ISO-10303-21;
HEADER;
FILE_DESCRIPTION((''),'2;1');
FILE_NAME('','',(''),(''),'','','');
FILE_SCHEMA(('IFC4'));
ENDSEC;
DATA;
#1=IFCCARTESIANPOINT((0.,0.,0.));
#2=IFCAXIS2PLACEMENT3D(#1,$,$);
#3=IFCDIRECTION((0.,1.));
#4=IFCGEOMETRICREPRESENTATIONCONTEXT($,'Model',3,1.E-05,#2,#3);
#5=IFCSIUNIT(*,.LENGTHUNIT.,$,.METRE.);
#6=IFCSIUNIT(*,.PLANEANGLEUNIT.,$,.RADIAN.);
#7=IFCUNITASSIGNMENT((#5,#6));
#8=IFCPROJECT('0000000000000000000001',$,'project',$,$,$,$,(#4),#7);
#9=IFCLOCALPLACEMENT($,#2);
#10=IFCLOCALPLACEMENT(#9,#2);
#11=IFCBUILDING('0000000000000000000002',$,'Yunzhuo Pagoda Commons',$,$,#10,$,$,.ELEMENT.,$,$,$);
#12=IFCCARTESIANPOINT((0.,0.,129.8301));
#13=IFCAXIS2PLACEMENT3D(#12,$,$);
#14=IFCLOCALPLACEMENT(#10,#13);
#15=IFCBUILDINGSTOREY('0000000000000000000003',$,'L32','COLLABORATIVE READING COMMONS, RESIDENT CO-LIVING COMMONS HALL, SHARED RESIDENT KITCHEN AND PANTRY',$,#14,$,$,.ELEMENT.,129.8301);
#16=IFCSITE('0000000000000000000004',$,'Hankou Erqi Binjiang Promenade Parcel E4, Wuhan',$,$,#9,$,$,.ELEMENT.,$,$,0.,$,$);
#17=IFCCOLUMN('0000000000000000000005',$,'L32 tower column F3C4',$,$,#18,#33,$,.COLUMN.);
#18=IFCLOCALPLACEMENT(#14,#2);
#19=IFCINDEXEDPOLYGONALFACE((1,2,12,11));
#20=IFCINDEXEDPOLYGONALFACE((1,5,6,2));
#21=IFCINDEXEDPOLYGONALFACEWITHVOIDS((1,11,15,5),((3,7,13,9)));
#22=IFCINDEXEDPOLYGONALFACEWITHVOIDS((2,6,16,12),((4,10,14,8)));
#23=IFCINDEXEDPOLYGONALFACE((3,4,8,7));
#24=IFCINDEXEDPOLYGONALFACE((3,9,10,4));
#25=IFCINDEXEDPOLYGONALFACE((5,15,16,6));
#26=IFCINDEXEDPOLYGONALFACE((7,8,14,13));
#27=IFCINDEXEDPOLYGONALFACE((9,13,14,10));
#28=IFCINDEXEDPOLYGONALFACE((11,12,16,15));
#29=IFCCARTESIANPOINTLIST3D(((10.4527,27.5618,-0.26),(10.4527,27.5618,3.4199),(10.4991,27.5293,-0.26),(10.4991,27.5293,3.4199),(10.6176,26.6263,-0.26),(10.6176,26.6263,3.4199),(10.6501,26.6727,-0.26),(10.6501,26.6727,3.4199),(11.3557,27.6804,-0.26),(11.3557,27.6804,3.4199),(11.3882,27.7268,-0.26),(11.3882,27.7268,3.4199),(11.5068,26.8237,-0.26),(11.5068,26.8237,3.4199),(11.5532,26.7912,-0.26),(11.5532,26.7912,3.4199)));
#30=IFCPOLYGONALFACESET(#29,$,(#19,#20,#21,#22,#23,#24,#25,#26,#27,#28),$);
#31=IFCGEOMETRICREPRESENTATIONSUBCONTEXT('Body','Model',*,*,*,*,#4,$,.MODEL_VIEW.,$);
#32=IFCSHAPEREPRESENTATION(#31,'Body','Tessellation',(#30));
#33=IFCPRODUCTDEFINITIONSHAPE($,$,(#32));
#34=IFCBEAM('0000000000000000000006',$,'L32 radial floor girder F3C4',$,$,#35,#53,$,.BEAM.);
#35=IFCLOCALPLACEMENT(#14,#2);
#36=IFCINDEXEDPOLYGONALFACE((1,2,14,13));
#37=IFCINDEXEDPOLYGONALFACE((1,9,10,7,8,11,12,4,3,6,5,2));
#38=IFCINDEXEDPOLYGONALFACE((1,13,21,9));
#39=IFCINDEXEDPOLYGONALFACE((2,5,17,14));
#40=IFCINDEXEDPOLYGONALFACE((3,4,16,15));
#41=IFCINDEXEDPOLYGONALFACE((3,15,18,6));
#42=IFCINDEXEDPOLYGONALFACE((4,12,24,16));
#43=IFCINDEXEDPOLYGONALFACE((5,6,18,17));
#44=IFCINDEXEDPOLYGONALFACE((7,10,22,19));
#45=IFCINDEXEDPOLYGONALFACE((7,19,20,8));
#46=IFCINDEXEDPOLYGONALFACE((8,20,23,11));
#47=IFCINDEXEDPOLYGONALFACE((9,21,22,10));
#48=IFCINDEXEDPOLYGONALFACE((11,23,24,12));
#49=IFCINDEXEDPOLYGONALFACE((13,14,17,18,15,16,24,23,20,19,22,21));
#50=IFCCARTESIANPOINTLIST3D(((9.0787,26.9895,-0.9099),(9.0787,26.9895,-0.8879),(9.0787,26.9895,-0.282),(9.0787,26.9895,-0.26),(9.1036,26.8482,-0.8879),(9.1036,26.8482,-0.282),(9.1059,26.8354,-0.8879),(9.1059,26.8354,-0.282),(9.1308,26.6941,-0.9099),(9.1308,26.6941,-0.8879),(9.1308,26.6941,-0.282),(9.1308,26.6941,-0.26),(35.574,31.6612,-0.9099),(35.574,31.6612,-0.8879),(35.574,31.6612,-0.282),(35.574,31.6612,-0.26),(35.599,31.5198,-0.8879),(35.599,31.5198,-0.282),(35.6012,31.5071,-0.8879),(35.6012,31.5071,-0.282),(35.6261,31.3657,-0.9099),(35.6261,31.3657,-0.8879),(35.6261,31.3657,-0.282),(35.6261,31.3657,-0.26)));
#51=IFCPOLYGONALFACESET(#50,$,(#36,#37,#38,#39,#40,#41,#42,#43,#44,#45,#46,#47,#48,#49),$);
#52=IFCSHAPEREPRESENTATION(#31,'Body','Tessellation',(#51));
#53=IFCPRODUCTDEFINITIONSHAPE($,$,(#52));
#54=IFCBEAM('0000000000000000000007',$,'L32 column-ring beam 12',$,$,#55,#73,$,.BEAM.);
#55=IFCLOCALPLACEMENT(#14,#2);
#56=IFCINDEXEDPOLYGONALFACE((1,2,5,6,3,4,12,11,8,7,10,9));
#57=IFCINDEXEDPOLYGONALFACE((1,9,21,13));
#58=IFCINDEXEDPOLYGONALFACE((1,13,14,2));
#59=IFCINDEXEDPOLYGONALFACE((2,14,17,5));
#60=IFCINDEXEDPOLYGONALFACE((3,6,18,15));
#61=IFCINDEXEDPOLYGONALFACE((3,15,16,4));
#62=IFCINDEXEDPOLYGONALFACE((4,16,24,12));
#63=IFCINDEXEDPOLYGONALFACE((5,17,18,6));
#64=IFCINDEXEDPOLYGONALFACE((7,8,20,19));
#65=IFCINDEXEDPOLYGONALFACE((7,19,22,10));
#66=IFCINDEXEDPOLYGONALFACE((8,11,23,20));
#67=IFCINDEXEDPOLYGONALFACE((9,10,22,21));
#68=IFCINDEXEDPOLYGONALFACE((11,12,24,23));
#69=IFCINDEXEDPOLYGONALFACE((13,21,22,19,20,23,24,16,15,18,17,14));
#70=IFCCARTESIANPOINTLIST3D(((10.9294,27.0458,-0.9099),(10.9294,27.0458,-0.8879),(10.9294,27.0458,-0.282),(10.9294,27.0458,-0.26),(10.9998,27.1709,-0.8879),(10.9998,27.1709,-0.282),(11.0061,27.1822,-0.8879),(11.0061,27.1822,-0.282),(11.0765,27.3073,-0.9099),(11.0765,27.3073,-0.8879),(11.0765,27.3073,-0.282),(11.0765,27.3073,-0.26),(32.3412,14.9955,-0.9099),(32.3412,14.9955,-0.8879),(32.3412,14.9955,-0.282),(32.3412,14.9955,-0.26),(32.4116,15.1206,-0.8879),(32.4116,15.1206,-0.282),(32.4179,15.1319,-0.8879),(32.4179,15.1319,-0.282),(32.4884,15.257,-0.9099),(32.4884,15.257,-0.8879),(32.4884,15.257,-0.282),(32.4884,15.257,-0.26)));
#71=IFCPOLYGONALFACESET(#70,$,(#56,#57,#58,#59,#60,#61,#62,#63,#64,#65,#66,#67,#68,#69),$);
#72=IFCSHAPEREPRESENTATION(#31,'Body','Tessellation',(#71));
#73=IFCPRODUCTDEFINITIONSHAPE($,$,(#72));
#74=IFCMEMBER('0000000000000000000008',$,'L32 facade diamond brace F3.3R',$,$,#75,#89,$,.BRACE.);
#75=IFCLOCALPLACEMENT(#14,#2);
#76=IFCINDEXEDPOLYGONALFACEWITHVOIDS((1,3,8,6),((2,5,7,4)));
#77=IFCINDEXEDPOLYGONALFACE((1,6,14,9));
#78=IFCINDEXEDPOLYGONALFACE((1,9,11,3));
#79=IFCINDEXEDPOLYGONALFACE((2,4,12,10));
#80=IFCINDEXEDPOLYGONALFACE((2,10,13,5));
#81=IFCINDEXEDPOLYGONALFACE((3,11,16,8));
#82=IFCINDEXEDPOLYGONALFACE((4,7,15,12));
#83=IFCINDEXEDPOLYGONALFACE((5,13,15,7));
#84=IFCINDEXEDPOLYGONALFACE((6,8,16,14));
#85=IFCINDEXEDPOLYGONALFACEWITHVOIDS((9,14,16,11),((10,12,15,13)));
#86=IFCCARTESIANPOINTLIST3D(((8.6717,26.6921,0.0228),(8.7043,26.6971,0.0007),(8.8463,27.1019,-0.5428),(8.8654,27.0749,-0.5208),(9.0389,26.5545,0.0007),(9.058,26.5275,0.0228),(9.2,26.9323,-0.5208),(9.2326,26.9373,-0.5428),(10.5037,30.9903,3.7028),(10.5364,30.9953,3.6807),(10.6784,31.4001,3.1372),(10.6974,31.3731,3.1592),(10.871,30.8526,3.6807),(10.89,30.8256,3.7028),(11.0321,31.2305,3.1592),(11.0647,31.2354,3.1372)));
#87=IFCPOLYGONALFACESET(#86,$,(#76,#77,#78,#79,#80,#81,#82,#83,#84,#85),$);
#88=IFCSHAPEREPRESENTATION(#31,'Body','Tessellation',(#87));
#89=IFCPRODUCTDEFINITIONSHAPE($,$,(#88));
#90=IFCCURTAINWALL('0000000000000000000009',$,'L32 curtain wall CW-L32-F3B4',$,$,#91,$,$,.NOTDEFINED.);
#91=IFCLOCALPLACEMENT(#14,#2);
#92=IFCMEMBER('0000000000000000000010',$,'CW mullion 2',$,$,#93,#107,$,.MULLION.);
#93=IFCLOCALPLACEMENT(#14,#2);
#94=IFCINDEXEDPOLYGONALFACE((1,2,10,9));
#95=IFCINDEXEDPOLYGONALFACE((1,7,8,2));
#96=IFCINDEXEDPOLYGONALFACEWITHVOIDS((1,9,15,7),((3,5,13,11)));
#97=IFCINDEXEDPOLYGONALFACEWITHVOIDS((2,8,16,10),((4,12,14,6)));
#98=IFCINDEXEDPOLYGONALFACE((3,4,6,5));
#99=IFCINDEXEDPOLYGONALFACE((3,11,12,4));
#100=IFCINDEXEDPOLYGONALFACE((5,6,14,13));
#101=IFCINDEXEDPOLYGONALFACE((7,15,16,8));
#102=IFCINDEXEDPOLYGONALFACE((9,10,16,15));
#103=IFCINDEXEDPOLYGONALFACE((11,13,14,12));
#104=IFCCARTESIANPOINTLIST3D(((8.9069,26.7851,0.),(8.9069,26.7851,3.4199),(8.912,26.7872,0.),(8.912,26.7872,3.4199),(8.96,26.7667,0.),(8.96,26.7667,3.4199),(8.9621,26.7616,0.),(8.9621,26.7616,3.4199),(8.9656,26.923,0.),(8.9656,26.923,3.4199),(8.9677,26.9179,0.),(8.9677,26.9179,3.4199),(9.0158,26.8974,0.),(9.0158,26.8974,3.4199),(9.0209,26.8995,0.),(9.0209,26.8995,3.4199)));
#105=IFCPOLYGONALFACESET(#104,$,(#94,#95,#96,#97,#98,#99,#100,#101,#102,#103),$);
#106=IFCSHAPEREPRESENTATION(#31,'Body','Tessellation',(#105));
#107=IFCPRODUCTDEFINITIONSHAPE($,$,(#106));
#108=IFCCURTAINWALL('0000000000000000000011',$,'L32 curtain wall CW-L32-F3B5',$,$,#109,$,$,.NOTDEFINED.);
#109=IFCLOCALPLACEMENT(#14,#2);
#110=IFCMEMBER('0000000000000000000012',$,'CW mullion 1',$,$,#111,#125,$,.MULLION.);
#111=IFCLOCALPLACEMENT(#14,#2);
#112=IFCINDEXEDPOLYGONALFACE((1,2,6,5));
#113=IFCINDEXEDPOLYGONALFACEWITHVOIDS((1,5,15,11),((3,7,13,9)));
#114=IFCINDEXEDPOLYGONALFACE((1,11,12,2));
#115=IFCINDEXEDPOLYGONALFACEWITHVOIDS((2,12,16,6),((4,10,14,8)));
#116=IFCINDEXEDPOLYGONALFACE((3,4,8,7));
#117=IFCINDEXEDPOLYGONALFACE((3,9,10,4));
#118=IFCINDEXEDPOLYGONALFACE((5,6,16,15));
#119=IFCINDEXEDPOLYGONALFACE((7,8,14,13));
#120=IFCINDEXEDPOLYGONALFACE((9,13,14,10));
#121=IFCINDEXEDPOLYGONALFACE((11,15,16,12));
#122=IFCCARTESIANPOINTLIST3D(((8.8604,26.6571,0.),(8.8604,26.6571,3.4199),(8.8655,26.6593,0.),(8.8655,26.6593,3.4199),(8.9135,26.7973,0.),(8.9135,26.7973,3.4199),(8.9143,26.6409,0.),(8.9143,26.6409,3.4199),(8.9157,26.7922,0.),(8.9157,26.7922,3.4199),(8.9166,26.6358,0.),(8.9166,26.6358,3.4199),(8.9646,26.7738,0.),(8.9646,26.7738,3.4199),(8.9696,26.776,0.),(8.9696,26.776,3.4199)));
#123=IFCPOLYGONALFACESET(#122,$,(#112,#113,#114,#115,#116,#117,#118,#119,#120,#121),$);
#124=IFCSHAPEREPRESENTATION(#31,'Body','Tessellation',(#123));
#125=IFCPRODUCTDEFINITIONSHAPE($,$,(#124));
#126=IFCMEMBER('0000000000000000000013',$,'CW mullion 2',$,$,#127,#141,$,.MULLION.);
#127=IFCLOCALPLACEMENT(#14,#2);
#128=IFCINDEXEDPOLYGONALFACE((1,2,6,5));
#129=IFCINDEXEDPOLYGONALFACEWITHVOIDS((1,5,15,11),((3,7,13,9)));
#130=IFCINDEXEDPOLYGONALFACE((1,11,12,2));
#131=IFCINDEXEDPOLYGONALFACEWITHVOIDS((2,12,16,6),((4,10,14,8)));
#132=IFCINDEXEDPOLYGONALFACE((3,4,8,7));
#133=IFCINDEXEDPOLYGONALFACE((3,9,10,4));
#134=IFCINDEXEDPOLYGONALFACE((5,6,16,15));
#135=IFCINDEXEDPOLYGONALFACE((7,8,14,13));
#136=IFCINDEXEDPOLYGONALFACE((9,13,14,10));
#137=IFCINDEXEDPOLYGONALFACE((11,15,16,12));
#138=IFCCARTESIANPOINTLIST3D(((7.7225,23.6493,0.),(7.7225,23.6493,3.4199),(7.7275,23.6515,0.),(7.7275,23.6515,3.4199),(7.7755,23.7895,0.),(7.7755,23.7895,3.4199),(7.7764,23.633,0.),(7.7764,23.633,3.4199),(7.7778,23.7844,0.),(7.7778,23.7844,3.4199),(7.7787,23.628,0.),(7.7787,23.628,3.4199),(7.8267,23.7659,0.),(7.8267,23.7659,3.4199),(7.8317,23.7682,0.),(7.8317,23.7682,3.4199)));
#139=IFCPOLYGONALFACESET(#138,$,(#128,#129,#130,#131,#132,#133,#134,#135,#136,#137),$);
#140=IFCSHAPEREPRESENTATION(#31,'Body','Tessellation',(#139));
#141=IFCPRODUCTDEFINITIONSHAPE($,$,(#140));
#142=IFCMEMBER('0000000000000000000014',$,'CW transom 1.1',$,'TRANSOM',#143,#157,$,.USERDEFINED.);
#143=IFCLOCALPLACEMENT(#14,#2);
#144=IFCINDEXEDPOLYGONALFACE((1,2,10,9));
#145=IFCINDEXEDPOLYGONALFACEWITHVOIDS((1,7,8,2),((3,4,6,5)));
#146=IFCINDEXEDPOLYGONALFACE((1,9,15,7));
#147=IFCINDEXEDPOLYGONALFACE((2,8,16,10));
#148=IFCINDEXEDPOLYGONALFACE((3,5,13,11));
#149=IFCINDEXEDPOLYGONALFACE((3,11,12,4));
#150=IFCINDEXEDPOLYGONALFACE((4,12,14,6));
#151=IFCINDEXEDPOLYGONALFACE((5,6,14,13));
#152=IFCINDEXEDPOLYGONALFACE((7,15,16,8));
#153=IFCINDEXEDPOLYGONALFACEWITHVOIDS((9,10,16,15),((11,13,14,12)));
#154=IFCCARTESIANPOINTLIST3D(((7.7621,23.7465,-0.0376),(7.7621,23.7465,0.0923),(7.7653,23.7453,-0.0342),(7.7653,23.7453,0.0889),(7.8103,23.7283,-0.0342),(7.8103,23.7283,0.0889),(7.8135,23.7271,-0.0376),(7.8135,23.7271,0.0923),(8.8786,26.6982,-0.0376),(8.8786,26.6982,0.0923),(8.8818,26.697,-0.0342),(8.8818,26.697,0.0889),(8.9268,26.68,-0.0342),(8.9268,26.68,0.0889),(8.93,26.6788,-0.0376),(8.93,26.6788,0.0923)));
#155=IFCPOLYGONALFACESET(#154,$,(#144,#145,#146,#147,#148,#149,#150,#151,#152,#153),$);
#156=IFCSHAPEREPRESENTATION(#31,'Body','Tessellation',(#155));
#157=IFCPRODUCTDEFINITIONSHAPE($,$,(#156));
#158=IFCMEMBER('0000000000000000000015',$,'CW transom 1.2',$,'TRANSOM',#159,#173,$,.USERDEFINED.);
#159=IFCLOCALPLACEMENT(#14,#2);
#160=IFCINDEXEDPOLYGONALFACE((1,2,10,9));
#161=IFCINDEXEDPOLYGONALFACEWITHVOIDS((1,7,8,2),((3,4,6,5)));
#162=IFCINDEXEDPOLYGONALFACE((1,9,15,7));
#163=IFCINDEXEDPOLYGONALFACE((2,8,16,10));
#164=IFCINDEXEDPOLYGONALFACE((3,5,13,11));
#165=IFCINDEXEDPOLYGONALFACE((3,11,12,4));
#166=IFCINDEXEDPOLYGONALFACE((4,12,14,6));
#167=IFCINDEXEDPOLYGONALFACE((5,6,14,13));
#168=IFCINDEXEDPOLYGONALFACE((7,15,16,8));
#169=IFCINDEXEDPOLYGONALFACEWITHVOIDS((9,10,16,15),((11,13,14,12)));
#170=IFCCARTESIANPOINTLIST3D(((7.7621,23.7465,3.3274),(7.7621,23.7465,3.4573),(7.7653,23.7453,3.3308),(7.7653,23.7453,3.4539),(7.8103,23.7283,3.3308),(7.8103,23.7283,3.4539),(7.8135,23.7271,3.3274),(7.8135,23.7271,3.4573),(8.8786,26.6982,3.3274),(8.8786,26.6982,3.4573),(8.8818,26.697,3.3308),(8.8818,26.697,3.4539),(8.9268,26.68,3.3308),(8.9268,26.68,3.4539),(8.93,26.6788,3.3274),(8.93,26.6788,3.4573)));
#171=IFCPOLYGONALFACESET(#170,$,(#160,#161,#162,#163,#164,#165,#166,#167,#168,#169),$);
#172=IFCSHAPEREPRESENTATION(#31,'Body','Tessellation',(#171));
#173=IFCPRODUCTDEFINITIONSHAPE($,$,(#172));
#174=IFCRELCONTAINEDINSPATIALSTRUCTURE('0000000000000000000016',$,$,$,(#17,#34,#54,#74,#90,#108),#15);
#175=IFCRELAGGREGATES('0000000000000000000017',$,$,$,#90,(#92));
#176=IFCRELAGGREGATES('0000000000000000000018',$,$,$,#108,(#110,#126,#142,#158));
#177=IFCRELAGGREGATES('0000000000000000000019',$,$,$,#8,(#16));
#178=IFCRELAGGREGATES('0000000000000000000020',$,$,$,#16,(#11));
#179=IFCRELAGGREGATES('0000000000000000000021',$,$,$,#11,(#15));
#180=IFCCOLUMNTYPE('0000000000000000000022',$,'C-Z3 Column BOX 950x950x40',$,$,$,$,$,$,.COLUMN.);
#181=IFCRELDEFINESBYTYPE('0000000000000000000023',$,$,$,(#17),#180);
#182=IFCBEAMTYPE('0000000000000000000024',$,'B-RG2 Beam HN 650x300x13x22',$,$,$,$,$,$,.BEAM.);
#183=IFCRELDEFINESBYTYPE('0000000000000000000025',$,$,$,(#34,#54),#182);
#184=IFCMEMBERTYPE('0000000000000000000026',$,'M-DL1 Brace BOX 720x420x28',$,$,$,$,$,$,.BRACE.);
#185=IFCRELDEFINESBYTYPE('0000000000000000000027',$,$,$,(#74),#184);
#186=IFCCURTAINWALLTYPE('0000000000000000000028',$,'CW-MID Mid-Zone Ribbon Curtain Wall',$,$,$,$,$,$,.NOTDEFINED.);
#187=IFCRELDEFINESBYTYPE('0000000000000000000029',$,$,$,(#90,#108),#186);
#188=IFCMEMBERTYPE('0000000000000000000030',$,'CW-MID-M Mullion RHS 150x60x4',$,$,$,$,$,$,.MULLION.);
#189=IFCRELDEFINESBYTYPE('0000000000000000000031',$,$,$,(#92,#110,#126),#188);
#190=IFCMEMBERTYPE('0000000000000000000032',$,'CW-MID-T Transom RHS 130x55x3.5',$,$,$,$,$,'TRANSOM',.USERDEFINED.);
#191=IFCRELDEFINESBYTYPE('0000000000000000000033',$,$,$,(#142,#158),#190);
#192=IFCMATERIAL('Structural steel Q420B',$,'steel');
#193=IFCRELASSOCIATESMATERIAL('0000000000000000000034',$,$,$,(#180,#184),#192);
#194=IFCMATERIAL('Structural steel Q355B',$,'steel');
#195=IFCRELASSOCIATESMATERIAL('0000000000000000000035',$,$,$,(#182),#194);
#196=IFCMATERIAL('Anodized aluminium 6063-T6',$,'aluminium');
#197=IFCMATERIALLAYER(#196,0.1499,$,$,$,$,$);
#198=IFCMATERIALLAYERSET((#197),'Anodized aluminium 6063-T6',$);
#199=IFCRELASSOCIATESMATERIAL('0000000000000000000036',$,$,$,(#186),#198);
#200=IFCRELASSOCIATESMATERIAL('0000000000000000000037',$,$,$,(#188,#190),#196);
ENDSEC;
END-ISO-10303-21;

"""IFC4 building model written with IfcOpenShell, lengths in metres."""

from ifc_helpers import new_model, si_unit, direction, frame, origin, origin_2d, place, context, subcontext, project, spatial, hollow_rectangle, i_section, extrude, source, transform, mapped, material, layer, layer_set, material_profile, profile_set, type_object, element, aggregate, save


model = new_model("IFC4")

# Units and contexts
model_context = context("Model", 3, precision=1e-05, world=origin(), true_north=direction((0.0, 1.0)))
body_context = subcontext(model_context, "Body", "Model", "MODEL_VIEW")
ifc_project = project(units=[si_unit("LENGTHUNIT", "METRE"), si_unit("PLANEANGLEUNIT", "RADIAN")], contexts=[model_context])

# Site, building, storey
site_placement = place(None, origin())
site = spatial("IfcSite", under=ifc_project, at=site_placement, Name="Hankou Erqi Binjiang Promenade Parcel E4, Wuhan", CompositionType="ELEMENT", RefElevation=0.0)
building_placement = place(site_placement, origin())
building = spatial("IfcBuilding", under=site, at=building_placement, Name="Yunzhuo Pagoda Commons", CompositionType="ELEMENT")
storey_placement = place(building_placement, frame((0.0, 0.0, 129.8301)))
storey = spatial("IfcBuildingStorey", under=building, at=storey_placement, Name="L32", Description="COLLABORATIVE READING COMMONS, RESIDENT CO-LIVING COMMONS HALL, SHARED RESIDENT KITCHEN AND PANTRY", CompositionType="ELEMENT", Elevation=129.8301)

# Column
ifc_material_1 = material(Name="Structural steel Q420B", Category="steel")
ifc_material_profile_1 = material_profile(ifc_material_1, hollow_rectangle(XDim=0.95, YDim=0.95, WallThickness=0.04, at=origin_2d()), Name="Structural steel Q420B")
ifc_profile_set_1 = profile_set([ifc_material_profile_1], Name="Structural steel Q420B")
column_type = type_object("IfcColumnType", Name="C-Z3 Column BOX 950x950x40", PredefinedType="COLUMN", material=ifc_profile_set_1)
shared_shape_1 = source(origin(), body_context, "Body", "SweptSolid", [
    extrude(hollow_rectangle(XDim=0.95, YDim=0.95, WallThickness=0.04, at=origin_2d()), origin(), (0.0, 0.0, 1.0), 3.6799),
])
column_placement = place(storey_placement, frame((11.0029, 27.1765, -0.26), z_axis=(0.0, 0.0, 1.0), x_axis=(0.173648, -0.984808, 0.0)))
element("IfcColumn", 1, at=column_placement, inside=storey, type_object=column_type, Name="L32 tower column F3C4", PredefinedType="COLUMN", context=body_context, shape_type="MappedRepresentation", body=[
    mapped(shared_shape_1, transform((0.0, 0.0, 0.0), scale=1.0)),
])

# Beams
ifc_material_2 = material(Name="Structural steel Q355B", Category="steel")
ifc_material_profile_2 = material_profile(ifc_material_2, i_section(OverallWidth=0.3, OverallDepth=0.6499, WebThickness=0.0129, FlangeThickness=0.022, at=origin_2d()), Name="Structural steel Q355B")
ifc_profile_set_2 = profile_set([ifc_material_profile_2], Name="Structural steel Q355B")
beam_type = type_object("IfcBeamType", Name="B-RG2 Beam HN 650x300x13x22", PredefinedType="BEAM", material=ifc_profile_set_2)
shared_shape_2 = source(origin(), body_context, "Body", "SweptSolid", [
    extrude(i_section(OverallWidth=0.3, OverallDepth=0.6499, WebThickness=0.0129, FlangeThickness=0.022, at=origin_2d()), origin(), (0.0, 0.0, 1.0), 26.9041),
])
beam_1_placement = place(storey_placement, frame((9.1047, 26.8418, -0.585), z_axis=(0.984809, 0.17364, 0.0), x_axis=(-0.17364, 0.984809, 0.0)))
element("IfcBeam", 2, at=beam_1_placement, inside=storey, type_object=beam_type, Name="L32 radial floor girder F3C4", PredefinedType="BEAM", context=body_context, shape_type="MappedRepresentation", body=[
    mapped(shared_shape_2, transform((0.0, 0.0, 0.0), scale=1.0)),
])
shared_shape_3 = source(origin(), body_context, "Body", "SweptSolid", [
    extrude(i_section(OverallWidth=0.3, OverallDepth=0.6499, WebThickness=0.0129, FlangeThickness=0.022, at=origin_2d()), origin(), (0.0, 0.0, 1.0), 24.5698),
])
beam_2_placement = place(storey_placement, frame((11.0029, 27.1765, -0.585), z_axis=(0.871469, -0.49045, 0.0), x_axis=(0.49045, 0.871469, 0.0)))
element("IfcBeam", 3, at=beam_2_placement, inside=storey, type_object=beam_type, Name="L32 column-ring beam 12", PredefinedType="BEAM", context=body_context, shape_type="MappedRepresentation", body=[
    mapped(shared_shape_3, transform((0.0, 0.0, 0.0), scale=1.0)),
])

# Member
ifc_material_profile_3 = material_profile(ifc_material_1, hollow_rectangle(XDim=0.4199, YDim=0.72, WallThickness=0.0281, at=origin_2d()), Name="Structural steel Q420B")
ifc_profile_set_3 = profile_set([ifc_material_profile_3], Name="Structural steel Q420B")
member_type_1 = type_object("IfcMemberType", Name="M-DL1 Brace BOX 720x420x28", PredefinedType="BRACE", material=ifc_profile_set_3)
shared_shape_4 = source(origin(), body_context, "Body", "SweptSolid", [
    extrude(hollow_rectangle(XDim=0.4199, YDim=0.72, WallThickness=0.0281, at=origin_2d()), origin(), (0.0, 0.0, 1.0), 5.9475),
])
member_1_placement = place(storey_placement, frame((8.9521, 26.8147, -0.26), z_axis=(0.308038, 0.722682, 0.618744), x_axis=(-0.919919, 0.392109, 0.0)))
element("IfcMember", 4, at=member_1_placement, inside=storey, type_object=member_type_1, Name="L32 facade diamond brace F3.3R", PredefinedType="BRACE", context=body_context, shape_type="MappedRepresentation", body=[
    mapped(shared_shape_4, transform((0.0, 0.0, 0.0), scale=1.0)),
])

# Curtain wall, member
ifc_material_3 = material(Name="Anodized aluminium 6063-T6", Category="aluminium")
ifc_layer_1 = layer(ifc_material_3, 0.1499)
ifc_layer_set_1 = layer_set([ifc_layer_1], Name="Anodized aluminium 6063-T6")
curtain_wall_type_1 = type_object("IfcCurtainWallType", Name="CW-MID Mid-Zone Ribbon Curtain Wall", PredefinedType="NOTDEFINED", material=ifc_layer_set_1)
curtain_wall_1_placement = place(storey_placement, origin())
curtain_wall_1 = element("IfcCurtainWall", 5, at=curtain_wall_1_placement, inside=storey, type_object=curtain_wall_type_1, Name="L32 curtain wall CW-L32-F3B4", PredefinedType="NOTDEFINED")
ifc_material_profile_4 = material_profile(ifc_material_3, hollow_rectangle(XDim=0.0601, YDim=0.1499, WallThickness=0.0039, at=origin_2d()), Name="Anodized aluminium 6063-T6")
ifc_profile_set_4 = profile_set([ifc_material_profile_4], Name="Anodized aluminium 6063-T6")
member_type_2 = type_object("IfcMemberType", Name="CW-MID-M Mullion RHS 150x60x4", PredefinedType="MULLION", material=ifc_profile_set_4)
shared_shape_5 = source(origin(), body_context, "Body", "SweptSolid", [
    extrude(hollow_rectangle(XDim=0.0601, YDim=0.1499, WallThickness=0.0039, at=origin_2d()), origin(), (0.0, 0.0, 1.0), 3.4199),
])
member_2_placement = place(storey_placement, frame((8.9639, 26.8423, 0.0), z_axis=(0.0, 0.0, 1.0), x_axis=(0.919928, -0.392087, 0.0)))
member_2 = element("IfcMember", 6, at=member_2_placement, type_object=member_type_2, Name="CW mullion 2", PredefinedType="MULLION", context=body_context, shape_type="MappedRepresentation", body=[
    mapped(shared_shape_5, transform((0.0, 0.0, 0.0), scale=1.0)),
])
aggregate(curtain_wall_1, [member_2])

# Curtain wall, members
curtain_wall_2_placement = place(storey_placement, origin())
curtain_wall_2 = element("IfcCurtainWall", 7, at=curtain_wall_2_placement, inside=storey, type_object=curtain_wall_type_1, Name="L32 curtain wall CW-L32-F3B5", PredefinedType="NOTDEFINED")
member_3_placement = place(storey_placement, frame((8.915, 26.7166, 0.0), z_axis=(0.0, 0.0, 1.0), x_axis=(0.935322, -0.353798, 0.0)))
member_3 = element("IfcMember", 8, at=member_3_placement, type_object=member_type_2, Name="CW mullion 1", PredefinedType="MULLION", context=body_context, shape_type="MappedRepresentation", body=[
    mapped(shared_shape_5, transform((0.0, 0.0, 0.0), scale=1.0)),
])
member_4_placement = place(storey_placement, frame((7.7771, 23.7087, 0.0), z_axis=(0.0, 0.0, 1.0), x_axis=(0.935322, -0.353798, 0.0)))
member_4 = element("IfcMember", 9, at=member_4_placement, type_object=member_type_2, Name="CW mullion 2", PredefinedType="MULLION", context=body_context, shape_type="MappedRepresentation", body=[
    mapped(shared_shape_5, transform((0.0, 0.0, 0.0), scale=1.0)),
])
ifc_material_profile_5 = material_profile(ifc_material_3, hollow_rectangle(XDim=0.0549, YDim=0.1299, WallThickness=0.0034, at=origin_2d()), Name="Anodized aluminium 6063-T6")
ifc_profile_set_5 = profile_set([ifc_material_profile_5], Name="Anodized aluminium 6063-T6")
member_type_3 = type_object("IfcMemberType", Name="CW-MID-T Transom RHS 130x55x3.5", ElementType="TRANSOM", PredefinedType="USERDEFINED", material=ifc_profile_set_5)
shared_shape_6 = source(origin(), body_context, "Body", "SweptSolid", [
    extrude(hollow_rectangle(XDim=0.0549, YDim=0.1299, WallThickness=0.0034, at=origin_2d()), origin(), (0.0, 0.0, 1.0), 3.1558),
])
member_5_placement = place(storey_placement, frame((8.9043, 26.6885, 0.0273), z_axis=(-0.353784, -0.935327, 0.0), x_axis=(0.935327, -0.353784, 0.0)))
member_5 = element("IfcMember", 10, at=member_5_placement, type_object=member_type_3, Name="CW transom 1.1", ObjectType="TRANSOM", PredefinedType="USERDEFINED", context=body_context, shape_type="MappedRepresentation", body=[
    mapped(shared_shape_6, transform((0.0, 0.0, 0.0), scale=1.0)),
])
member_6_placement = place(storey_placement, frame((8.9043, 26.6885, 3.3923), z_axis=(-0.353784, -0.935327, 0.0), x_axis=(0.935327, -0.353784, 0.0)))
member_6 = element("IfcMember", 11, at=member_6_placement, type_object=member_type_3, Name="CW transom 1.2", ObjectType="TRANSOM", PredefinedType="USERDEFINED", context=body_context, shape_type="MappedRepresentation", body=[
    mapped(shared_shape_6, transform((0.0, 0.0, 0.0), scale=1.0)),
])

aggregate(curtain_wall_2, [member_3, member_4, member_5, member_6])

save(model, "model.ifc")
